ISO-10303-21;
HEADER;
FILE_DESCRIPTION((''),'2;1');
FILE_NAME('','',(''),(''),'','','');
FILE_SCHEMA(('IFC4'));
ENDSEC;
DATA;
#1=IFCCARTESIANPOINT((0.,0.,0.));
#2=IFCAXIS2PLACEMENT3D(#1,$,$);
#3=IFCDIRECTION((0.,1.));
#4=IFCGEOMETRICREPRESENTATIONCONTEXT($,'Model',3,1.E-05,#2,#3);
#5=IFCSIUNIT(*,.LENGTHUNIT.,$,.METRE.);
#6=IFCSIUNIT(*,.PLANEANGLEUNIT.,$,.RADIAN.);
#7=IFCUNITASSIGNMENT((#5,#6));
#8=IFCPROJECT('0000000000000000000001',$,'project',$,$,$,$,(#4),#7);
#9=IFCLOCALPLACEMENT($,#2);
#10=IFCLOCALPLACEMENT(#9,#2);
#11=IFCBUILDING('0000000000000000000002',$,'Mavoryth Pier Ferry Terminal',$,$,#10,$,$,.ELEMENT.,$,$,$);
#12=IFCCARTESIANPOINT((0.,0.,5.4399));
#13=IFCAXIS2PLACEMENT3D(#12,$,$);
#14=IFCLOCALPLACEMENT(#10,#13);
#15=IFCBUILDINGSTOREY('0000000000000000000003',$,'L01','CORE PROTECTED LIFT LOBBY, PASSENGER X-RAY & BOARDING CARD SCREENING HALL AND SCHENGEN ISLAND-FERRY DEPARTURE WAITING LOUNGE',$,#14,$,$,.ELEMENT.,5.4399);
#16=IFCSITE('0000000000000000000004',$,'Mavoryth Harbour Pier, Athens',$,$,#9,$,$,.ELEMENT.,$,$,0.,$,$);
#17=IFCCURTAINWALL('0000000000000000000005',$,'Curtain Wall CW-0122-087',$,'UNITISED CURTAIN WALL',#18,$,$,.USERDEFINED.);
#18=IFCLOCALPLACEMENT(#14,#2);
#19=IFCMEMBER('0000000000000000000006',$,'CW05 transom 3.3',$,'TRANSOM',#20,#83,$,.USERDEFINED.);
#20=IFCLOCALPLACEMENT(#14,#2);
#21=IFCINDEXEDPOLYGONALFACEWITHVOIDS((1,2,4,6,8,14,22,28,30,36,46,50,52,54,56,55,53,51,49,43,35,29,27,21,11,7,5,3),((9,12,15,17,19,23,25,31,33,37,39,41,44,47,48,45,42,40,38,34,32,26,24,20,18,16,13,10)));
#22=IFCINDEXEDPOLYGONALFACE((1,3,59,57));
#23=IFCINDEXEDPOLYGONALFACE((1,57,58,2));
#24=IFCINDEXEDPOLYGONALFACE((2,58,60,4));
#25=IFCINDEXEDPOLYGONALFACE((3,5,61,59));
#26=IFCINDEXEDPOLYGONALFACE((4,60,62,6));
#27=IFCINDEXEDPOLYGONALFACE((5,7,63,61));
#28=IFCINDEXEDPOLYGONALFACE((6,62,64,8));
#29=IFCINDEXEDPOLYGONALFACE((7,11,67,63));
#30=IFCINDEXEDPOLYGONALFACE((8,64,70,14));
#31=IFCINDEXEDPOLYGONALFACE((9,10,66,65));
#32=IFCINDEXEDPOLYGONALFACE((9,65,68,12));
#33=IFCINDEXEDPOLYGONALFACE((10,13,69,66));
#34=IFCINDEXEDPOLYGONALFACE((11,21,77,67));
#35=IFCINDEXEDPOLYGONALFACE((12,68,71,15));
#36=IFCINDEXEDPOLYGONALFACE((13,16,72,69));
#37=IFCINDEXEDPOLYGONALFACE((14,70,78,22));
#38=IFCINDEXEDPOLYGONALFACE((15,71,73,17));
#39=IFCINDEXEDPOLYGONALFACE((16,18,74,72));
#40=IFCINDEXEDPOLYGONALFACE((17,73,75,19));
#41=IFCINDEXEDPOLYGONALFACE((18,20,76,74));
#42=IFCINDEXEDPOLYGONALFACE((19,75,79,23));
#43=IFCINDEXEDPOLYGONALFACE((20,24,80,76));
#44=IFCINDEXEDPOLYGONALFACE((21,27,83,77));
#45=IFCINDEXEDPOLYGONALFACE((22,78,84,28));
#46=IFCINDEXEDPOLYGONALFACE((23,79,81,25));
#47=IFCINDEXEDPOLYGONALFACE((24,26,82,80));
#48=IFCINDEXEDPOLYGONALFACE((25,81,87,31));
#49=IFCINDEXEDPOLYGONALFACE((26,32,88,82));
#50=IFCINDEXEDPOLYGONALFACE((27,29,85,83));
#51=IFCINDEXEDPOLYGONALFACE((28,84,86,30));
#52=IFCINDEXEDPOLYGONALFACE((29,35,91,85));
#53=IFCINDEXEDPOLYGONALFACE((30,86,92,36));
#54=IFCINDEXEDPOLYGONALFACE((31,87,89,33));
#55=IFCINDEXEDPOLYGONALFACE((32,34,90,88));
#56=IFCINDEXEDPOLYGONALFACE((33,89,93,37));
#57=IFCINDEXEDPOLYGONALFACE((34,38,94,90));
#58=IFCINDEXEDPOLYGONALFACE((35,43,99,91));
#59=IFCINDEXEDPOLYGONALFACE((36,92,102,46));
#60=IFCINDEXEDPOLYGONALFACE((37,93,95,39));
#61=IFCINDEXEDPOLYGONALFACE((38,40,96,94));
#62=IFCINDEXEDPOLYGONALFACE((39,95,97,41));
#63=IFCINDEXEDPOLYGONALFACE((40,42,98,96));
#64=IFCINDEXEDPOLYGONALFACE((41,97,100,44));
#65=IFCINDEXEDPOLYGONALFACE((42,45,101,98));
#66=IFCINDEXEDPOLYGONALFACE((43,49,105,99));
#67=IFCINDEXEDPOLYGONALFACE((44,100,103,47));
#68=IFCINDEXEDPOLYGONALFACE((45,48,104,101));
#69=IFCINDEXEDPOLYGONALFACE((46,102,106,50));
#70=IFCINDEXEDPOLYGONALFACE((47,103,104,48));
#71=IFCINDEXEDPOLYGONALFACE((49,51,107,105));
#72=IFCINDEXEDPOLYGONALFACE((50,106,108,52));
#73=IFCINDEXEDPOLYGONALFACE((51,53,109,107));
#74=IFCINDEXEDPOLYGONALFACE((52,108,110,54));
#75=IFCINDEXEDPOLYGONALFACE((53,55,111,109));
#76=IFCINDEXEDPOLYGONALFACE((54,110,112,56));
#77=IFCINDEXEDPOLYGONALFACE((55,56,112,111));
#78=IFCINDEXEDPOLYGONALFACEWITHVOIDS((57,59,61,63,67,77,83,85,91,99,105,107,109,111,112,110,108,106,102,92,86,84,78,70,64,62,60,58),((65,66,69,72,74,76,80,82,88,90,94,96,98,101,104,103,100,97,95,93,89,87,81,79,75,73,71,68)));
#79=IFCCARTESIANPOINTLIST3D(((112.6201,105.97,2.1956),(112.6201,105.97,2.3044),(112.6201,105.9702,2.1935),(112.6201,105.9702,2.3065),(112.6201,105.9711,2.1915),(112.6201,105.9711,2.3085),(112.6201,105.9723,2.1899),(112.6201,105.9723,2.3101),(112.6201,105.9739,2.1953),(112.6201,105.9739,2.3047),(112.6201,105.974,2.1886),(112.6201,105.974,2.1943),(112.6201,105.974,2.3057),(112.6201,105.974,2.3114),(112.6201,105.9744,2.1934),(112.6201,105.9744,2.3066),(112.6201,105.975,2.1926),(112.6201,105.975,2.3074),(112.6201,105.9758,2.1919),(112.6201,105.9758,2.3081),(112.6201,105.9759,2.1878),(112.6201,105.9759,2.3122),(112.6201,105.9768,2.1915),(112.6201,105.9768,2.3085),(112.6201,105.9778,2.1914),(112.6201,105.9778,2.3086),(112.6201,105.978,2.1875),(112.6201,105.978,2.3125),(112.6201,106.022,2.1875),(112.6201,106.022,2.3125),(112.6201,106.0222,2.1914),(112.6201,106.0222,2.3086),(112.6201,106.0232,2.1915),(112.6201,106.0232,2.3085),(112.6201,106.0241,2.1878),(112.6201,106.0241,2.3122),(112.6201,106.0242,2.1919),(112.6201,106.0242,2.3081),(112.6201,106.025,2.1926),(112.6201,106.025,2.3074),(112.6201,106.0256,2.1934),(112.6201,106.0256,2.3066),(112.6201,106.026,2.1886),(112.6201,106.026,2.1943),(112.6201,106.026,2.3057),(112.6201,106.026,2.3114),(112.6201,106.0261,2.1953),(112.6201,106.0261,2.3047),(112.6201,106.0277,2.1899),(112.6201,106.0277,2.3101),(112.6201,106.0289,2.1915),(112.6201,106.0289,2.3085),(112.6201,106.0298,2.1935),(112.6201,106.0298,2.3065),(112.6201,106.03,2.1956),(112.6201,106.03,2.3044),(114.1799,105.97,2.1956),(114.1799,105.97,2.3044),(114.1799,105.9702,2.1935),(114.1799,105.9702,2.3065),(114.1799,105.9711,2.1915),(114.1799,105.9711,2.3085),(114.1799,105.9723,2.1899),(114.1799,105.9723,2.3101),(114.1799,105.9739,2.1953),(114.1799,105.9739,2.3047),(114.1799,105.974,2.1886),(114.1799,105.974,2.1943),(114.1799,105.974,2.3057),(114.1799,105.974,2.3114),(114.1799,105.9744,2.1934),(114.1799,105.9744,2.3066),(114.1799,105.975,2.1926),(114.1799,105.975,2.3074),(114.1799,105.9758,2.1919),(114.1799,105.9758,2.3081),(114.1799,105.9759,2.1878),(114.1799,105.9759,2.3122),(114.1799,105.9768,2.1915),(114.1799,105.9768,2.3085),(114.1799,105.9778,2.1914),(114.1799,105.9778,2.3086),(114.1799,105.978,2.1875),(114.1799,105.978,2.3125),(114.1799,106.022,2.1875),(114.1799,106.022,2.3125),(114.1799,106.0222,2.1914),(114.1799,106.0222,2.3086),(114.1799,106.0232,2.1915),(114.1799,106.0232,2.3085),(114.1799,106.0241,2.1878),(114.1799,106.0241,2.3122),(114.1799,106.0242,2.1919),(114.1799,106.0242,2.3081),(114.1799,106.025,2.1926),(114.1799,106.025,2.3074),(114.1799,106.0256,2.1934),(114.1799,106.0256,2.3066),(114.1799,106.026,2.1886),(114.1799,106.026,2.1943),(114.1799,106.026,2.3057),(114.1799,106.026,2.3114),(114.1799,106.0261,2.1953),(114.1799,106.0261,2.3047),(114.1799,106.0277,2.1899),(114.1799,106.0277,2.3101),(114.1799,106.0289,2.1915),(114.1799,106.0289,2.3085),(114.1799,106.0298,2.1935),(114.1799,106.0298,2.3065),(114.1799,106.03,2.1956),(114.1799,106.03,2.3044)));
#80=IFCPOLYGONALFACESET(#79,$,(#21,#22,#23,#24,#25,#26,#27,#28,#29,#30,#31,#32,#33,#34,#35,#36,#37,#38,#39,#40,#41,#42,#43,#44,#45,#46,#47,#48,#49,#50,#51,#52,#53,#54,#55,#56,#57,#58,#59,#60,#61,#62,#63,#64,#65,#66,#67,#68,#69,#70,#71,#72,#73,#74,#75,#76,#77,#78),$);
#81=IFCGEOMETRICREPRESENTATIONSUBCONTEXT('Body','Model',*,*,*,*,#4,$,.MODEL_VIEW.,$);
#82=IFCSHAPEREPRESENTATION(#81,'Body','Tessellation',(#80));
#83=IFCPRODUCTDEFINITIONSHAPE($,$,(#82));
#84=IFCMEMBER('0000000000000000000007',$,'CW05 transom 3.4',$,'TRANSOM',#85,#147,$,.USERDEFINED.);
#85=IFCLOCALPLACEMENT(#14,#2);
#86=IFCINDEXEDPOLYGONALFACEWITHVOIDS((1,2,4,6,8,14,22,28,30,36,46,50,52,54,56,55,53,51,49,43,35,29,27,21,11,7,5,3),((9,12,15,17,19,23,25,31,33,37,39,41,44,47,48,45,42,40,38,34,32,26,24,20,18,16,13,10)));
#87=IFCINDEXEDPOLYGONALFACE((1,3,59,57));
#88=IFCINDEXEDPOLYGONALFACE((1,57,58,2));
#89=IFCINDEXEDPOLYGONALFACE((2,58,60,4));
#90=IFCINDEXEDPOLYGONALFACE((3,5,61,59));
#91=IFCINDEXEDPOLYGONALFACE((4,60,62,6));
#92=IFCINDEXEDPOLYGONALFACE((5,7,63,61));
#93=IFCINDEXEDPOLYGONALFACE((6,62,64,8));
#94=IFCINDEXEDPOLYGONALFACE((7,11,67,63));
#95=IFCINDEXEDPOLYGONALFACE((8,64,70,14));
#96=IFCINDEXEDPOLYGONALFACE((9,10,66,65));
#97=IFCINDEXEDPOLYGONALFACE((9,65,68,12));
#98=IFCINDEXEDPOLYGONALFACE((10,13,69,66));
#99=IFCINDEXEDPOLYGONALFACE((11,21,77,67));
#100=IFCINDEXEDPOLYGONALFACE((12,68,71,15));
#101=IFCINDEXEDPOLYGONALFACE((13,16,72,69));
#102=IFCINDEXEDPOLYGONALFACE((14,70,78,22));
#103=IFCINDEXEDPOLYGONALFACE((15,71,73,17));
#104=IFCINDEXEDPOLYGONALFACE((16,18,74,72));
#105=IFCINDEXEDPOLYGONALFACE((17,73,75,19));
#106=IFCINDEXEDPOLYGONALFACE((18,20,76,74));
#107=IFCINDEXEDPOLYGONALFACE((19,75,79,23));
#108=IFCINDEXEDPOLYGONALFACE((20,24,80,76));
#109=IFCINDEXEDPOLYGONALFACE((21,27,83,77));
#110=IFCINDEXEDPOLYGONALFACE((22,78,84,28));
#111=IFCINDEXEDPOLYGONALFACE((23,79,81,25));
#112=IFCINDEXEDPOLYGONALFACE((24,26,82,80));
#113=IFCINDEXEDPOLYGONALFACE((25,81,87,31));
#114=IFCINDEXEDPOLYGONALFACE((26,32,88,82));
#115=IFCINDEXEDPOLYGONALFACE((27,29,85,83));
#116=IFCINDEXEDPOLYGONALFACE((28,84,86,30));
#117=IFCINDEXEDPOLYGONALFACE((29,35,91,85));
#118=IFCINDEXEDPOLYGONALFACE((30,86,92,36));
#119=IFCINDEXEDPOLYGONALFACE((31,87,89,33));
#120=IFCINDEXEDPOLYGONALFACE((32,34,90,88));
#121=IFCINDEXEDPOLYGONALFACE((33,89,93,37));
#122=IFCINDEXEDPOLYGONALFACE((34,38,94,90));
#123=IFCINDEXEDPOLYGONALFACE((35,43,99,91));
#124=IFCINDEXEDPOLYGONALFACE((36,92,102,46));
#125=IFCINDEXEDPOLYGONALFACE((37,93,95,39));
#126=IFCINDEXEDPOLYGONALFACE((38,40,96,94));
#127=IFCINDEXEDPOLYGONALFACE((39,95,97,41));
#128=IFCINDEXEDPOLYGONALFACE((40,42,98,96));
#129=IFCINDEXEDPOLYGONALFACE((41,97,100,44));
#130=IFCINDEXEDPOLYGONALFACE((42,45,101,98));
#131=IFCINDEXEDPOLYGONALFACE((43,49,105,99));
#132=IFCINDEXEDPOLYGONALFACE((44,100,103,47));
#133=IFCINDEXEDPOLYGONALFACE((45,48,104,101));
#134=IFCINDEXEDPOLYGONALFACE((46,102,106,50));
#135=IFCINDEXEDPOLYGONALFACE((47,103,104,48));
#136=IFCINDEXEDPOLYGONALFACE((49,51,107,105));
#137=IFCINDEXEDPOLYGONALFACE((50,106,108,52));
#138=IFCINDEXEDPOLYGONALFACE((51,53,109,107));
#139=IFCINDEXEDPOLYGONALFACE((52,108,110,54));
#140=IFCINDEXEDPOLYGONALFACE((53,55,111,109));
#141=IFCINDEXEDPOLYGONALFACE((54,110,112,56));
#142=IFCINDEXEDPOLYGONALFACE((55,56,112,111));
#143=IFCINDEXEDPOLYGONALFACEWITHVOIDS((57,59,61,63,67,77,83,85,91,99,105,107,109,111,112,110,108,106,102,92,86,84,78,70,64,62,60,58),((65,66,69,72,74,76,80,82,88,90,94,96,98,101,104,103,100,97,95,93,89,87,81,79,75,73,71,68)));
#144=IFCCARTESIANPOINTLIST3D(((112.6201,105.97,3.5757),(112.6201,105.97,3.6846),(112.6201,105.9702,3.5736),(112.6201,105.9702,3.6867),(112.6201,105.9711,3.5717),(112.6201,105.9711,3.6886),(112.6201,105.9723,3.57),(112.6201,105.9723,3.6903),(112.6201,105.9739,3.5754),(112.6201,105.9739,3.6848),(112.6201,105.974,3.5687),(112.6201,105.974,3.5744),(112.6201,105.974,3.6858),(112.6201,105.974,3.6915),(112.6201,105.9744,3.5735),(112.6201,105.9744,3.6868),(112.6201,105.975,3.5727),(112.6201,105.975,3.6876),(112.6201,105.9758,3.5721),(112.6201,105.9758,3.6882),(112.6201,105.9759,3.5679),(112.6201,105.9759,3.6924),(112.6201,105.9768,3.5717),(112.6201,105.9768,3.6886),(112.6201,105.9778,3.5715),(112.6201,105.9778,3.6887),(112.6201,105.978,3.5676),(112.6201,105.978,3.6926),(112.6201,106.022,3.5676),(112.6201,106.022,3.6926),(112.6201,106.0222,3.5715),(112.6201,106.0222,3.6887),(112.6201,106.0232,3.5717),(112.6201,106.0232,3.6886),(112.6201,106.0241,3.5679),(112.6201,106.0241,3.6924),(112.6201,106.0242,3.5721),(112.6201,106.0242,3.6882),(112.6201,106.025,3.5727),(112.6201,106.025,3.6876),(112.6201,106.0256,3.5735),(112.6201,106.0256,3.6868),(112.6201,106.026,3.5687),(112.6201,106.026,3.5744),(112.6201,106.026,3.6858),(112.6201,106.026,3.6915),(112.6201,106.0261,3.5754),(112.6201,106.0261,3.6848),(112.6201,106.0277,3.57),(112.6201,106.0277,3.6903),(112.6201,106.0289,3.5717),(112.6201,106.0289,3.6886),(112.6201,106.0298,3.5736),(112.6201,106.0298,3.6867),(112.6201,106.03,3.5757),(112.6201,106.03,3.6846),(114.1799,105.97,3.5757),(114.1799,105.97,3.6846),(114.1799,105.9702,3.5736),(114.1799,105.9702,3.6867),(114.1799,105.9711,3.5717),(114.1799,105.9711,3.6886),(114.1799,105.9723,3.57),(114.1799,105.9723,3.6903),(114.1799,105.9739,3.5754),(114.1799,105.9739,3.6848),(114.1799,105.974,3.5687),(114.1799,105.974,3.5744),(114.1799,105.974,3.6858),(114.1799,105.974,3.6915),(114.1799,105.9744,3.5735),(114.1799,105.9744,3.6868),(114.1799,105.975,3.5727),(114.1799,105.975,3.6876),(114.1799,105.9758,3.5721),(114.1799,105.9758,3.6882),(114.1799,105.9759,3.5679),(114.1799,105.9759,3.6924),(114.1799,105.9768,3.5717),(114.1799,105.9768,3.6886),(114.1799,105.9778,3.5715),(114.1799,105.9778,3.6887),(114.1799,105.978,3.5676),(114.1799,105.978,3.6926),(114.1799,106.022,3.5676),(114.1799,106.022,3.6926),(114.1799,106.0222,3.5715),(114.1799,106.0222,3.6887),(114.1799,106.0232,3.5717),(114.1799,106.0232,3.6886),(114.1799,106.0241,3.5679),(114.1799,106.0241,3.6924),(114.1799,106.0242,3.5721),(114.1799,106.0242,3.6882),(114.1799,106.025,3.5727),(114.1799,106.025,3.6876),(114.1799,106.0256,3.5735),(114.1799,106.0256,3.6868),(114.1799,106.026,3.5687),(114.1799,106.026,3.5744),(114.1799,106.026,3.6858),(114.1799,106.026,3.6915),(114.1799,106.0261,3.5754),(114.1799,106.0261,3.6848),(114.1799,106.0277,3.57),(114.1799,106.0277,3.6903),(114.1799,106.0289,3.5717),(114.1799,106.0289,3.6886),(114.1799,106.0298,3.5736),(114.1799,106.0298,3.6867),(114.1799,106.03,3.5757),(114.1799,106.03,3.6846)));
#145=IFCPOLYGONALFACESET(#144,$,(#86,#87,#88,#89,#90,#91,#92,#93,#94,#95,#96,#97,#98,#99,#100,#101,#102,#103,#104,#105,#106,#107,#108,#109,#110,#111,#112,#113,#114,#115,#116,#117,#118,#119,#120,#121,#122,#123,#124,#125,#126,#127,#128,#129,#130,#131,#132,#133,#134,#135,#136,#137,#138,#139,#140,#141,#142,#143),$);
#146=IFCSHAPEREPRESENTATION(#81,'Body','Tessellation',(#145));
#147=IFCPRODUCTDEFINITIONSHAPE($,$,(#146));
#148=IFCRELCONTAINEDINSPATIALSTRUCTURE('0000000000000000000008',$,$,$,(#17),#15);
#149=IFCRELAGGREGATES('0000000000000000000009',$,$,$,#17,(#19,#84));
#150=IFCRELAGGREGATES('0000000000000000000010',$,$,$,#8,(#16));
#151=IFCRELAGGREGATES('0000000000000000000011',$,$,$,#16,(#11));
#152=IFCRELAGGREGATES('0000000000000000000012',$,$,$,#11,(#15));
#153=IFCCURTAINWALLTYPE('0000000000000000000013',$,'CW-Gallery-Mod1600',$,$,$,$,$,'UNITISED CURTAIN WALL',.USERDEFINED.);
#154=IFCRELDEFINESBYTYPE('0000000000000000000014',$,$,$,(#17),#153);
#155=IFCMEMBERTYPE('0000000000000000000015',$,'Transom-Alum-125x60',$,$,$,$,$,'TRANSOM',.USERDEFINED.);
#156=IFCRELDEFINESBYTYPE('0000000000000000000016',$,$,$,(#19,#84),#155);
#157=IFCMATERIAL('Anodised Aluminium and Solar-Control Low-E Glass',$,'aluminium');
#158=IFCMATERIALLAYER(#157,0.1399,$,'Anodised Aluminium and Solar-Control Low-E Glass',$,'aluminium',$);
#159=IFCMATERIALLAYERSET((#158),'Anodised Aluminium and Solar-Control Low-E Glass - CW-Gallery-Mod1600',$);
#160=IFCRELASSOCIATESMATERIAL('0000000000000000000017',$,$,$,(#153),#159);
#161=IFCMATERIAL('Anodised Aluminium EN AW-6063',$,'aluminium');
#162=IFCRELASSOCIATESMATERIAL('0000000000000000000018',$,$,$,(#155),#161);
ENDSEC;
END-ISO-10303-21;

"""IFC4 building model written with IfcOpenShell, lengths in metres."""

from ifc_helpers import new_model, si_unit, direction, frame, origin, origin_2d, place, context, subcontext, project, spatial, hollow_rectangle, extrude, material, layer, layer_set, material_profile, profile_set, type_object, element, aggregate, save


model = new_model("IFC4")

# Units and contexts
model_context = context("Model", 3, precision=1e-05, world=origin(), true_north=direction((0.0, 1.0)))
body_context = subcontext(model_context, "Body", "Model", "MODEL_VIEW")
ifc_project = project(units=[si_unit("LENGTHUNIT", "METRE"), si_unit("PLANEANGLEUNIT", "RADIAN")], contexts=[model_context])

# Site, building, storey
site_placement = place(None, origin())
site = spatial("IfcSite", under=ifc_project, at=site_placement, Name="Mavoryth Harbour Pier, Athens", CompositionType="ELEMENT", RefElevation=0.0)
building_placement = place(site_placement, origin())
building = spatial("IfcBuilding", under=site, at=building_placement, Name="Mavoryth Pier Ferry Terminal", CompositionType="ELEMENT")
storey_placement = place(building_placement, frame((0.0, 0.0, 5.4399)))
storey = spatial("IfcBuildingStorey", under=building, at=storey_placement, Name="L01", Description="CORE PROTECTED LIFT LOBBY, PASSENGER X-RAY & BOARDING CARD SCREENING HALL AND SCHENGEN ISLAND-FERRY DEPARTURE WAITING LOUNGE", CompositionType="ELEMENT", Elevation=5.4399)

# Curtain wall
ifc_material_1 = material(Name="Anodised Aluminium and Solar-Control Low-E Glass", Category="aluminium")
ifc_layer_1 = layer(ifc_material_1, 0.1399, Name="Anodised Aluminium and Solar-Control Low-E Glass", Category="aluminium")
ifc_layer_set_1 = layer_set([ifc_layer_1], Name="Anodised Aluminium and Solar-Control Low-E Glass - CW-Gallery-Mod1600")
curtain_wall_type = type_object("IfcCurtainWallType", Name="CW-Gallery-Mod1600", ElementType="UNITISED CURTAIN WALL", PredefinedType="USERDEFINED", material=ifc_layer_set_1)
curtain_wall_1_placement = place(storey_placement, origin())
curtain_wall_1 = element("IfcCurtainWall", 1, at=curtain_wall_1_placement, inside=storey, type_object=curtain_wall_type, Name="Curtain Wall CW-0122-087", ObjectType="UNITISED CURTAIN WALL", PredefinedType="USERDEFINED")
ifc_material_2 = material(Name="Anodised Aluminium EN AW-6063", Category="aluminium")

# Members
ifc_material_profile_1 = material_profile(ifc_material_2, hollow_rectangle(XDim=0.0601, YDim=0.125, WallThickness=0.0039, InnerFilletRadius=0.0039, OuterFilletRadius=0.0081, at=origin_2d()), Name="AL-TRAN 125x60x4", Category="aluminium")
ifc_profile_set_1 = profile_set([ifc_material_profile_1], Name="Anodised Aluminium EN AW-6063 - AL-TRAN 125x60x4")
member_type_1 = type_object("IfcMemberType", Name="Transom-Alum-125x60", ElementType="TRANSOM", PredefinedType="USERDEFINED", material=ifc_profile_set_1)
member_1_placement = place(storey_placement, frame((112.6201, 106.0, 2.25), z_axis=(1.0, 0.0, 0.0), x_axis=(0.0, 1.0, 0.0)))
member_1 = element("IfcMember", 2, at=member_1_placement, type_object=member_type_1, Name="CW05 transom 3.3", ObjectType="TRANSOM", PredefinedType="USERDEFINED", context=body_context, shape_type="SweptSolid", body=[
    extrude(hollow_rectangle(XDim=0.0601, YDim=0.125, WallThickness=0.0039, InnerFilletRadius=0.0039, OuterFilletRadius=0.0081, at=origin_2d()), origin(), (0.0, 0.0, 1.0), 1.5598),
])
member_2_placement = place(storey_placement, frame((112.6201, 106.0, 3.6301), z_axis=(1.0, 0.0, 0.0), x_axis=(0.0, 1.0, 0.0)))
member_2 = element("IfcMember", 3, at=member_2_placement, type_object=member_type_1, Name="CW05 transom 3.4", ObjectType="TRANSOM", PredefinedType="USERDEFINED", context=body_context, shape_type="SweptSolid", body=[
    extrude(hollow_rectangle(XDim=0.0601, YDim=0.125, WallThickness=0.0039, InnerFilletRadius=0.0039, OuterFilletRadius=0.0081, at=origin_2d()), origin(), (0.0, 0.0, 1.0), 1.5598),
])

aggregate(curtain_wall_1, [member_1, member_2])

save(model, "model.ifc")
